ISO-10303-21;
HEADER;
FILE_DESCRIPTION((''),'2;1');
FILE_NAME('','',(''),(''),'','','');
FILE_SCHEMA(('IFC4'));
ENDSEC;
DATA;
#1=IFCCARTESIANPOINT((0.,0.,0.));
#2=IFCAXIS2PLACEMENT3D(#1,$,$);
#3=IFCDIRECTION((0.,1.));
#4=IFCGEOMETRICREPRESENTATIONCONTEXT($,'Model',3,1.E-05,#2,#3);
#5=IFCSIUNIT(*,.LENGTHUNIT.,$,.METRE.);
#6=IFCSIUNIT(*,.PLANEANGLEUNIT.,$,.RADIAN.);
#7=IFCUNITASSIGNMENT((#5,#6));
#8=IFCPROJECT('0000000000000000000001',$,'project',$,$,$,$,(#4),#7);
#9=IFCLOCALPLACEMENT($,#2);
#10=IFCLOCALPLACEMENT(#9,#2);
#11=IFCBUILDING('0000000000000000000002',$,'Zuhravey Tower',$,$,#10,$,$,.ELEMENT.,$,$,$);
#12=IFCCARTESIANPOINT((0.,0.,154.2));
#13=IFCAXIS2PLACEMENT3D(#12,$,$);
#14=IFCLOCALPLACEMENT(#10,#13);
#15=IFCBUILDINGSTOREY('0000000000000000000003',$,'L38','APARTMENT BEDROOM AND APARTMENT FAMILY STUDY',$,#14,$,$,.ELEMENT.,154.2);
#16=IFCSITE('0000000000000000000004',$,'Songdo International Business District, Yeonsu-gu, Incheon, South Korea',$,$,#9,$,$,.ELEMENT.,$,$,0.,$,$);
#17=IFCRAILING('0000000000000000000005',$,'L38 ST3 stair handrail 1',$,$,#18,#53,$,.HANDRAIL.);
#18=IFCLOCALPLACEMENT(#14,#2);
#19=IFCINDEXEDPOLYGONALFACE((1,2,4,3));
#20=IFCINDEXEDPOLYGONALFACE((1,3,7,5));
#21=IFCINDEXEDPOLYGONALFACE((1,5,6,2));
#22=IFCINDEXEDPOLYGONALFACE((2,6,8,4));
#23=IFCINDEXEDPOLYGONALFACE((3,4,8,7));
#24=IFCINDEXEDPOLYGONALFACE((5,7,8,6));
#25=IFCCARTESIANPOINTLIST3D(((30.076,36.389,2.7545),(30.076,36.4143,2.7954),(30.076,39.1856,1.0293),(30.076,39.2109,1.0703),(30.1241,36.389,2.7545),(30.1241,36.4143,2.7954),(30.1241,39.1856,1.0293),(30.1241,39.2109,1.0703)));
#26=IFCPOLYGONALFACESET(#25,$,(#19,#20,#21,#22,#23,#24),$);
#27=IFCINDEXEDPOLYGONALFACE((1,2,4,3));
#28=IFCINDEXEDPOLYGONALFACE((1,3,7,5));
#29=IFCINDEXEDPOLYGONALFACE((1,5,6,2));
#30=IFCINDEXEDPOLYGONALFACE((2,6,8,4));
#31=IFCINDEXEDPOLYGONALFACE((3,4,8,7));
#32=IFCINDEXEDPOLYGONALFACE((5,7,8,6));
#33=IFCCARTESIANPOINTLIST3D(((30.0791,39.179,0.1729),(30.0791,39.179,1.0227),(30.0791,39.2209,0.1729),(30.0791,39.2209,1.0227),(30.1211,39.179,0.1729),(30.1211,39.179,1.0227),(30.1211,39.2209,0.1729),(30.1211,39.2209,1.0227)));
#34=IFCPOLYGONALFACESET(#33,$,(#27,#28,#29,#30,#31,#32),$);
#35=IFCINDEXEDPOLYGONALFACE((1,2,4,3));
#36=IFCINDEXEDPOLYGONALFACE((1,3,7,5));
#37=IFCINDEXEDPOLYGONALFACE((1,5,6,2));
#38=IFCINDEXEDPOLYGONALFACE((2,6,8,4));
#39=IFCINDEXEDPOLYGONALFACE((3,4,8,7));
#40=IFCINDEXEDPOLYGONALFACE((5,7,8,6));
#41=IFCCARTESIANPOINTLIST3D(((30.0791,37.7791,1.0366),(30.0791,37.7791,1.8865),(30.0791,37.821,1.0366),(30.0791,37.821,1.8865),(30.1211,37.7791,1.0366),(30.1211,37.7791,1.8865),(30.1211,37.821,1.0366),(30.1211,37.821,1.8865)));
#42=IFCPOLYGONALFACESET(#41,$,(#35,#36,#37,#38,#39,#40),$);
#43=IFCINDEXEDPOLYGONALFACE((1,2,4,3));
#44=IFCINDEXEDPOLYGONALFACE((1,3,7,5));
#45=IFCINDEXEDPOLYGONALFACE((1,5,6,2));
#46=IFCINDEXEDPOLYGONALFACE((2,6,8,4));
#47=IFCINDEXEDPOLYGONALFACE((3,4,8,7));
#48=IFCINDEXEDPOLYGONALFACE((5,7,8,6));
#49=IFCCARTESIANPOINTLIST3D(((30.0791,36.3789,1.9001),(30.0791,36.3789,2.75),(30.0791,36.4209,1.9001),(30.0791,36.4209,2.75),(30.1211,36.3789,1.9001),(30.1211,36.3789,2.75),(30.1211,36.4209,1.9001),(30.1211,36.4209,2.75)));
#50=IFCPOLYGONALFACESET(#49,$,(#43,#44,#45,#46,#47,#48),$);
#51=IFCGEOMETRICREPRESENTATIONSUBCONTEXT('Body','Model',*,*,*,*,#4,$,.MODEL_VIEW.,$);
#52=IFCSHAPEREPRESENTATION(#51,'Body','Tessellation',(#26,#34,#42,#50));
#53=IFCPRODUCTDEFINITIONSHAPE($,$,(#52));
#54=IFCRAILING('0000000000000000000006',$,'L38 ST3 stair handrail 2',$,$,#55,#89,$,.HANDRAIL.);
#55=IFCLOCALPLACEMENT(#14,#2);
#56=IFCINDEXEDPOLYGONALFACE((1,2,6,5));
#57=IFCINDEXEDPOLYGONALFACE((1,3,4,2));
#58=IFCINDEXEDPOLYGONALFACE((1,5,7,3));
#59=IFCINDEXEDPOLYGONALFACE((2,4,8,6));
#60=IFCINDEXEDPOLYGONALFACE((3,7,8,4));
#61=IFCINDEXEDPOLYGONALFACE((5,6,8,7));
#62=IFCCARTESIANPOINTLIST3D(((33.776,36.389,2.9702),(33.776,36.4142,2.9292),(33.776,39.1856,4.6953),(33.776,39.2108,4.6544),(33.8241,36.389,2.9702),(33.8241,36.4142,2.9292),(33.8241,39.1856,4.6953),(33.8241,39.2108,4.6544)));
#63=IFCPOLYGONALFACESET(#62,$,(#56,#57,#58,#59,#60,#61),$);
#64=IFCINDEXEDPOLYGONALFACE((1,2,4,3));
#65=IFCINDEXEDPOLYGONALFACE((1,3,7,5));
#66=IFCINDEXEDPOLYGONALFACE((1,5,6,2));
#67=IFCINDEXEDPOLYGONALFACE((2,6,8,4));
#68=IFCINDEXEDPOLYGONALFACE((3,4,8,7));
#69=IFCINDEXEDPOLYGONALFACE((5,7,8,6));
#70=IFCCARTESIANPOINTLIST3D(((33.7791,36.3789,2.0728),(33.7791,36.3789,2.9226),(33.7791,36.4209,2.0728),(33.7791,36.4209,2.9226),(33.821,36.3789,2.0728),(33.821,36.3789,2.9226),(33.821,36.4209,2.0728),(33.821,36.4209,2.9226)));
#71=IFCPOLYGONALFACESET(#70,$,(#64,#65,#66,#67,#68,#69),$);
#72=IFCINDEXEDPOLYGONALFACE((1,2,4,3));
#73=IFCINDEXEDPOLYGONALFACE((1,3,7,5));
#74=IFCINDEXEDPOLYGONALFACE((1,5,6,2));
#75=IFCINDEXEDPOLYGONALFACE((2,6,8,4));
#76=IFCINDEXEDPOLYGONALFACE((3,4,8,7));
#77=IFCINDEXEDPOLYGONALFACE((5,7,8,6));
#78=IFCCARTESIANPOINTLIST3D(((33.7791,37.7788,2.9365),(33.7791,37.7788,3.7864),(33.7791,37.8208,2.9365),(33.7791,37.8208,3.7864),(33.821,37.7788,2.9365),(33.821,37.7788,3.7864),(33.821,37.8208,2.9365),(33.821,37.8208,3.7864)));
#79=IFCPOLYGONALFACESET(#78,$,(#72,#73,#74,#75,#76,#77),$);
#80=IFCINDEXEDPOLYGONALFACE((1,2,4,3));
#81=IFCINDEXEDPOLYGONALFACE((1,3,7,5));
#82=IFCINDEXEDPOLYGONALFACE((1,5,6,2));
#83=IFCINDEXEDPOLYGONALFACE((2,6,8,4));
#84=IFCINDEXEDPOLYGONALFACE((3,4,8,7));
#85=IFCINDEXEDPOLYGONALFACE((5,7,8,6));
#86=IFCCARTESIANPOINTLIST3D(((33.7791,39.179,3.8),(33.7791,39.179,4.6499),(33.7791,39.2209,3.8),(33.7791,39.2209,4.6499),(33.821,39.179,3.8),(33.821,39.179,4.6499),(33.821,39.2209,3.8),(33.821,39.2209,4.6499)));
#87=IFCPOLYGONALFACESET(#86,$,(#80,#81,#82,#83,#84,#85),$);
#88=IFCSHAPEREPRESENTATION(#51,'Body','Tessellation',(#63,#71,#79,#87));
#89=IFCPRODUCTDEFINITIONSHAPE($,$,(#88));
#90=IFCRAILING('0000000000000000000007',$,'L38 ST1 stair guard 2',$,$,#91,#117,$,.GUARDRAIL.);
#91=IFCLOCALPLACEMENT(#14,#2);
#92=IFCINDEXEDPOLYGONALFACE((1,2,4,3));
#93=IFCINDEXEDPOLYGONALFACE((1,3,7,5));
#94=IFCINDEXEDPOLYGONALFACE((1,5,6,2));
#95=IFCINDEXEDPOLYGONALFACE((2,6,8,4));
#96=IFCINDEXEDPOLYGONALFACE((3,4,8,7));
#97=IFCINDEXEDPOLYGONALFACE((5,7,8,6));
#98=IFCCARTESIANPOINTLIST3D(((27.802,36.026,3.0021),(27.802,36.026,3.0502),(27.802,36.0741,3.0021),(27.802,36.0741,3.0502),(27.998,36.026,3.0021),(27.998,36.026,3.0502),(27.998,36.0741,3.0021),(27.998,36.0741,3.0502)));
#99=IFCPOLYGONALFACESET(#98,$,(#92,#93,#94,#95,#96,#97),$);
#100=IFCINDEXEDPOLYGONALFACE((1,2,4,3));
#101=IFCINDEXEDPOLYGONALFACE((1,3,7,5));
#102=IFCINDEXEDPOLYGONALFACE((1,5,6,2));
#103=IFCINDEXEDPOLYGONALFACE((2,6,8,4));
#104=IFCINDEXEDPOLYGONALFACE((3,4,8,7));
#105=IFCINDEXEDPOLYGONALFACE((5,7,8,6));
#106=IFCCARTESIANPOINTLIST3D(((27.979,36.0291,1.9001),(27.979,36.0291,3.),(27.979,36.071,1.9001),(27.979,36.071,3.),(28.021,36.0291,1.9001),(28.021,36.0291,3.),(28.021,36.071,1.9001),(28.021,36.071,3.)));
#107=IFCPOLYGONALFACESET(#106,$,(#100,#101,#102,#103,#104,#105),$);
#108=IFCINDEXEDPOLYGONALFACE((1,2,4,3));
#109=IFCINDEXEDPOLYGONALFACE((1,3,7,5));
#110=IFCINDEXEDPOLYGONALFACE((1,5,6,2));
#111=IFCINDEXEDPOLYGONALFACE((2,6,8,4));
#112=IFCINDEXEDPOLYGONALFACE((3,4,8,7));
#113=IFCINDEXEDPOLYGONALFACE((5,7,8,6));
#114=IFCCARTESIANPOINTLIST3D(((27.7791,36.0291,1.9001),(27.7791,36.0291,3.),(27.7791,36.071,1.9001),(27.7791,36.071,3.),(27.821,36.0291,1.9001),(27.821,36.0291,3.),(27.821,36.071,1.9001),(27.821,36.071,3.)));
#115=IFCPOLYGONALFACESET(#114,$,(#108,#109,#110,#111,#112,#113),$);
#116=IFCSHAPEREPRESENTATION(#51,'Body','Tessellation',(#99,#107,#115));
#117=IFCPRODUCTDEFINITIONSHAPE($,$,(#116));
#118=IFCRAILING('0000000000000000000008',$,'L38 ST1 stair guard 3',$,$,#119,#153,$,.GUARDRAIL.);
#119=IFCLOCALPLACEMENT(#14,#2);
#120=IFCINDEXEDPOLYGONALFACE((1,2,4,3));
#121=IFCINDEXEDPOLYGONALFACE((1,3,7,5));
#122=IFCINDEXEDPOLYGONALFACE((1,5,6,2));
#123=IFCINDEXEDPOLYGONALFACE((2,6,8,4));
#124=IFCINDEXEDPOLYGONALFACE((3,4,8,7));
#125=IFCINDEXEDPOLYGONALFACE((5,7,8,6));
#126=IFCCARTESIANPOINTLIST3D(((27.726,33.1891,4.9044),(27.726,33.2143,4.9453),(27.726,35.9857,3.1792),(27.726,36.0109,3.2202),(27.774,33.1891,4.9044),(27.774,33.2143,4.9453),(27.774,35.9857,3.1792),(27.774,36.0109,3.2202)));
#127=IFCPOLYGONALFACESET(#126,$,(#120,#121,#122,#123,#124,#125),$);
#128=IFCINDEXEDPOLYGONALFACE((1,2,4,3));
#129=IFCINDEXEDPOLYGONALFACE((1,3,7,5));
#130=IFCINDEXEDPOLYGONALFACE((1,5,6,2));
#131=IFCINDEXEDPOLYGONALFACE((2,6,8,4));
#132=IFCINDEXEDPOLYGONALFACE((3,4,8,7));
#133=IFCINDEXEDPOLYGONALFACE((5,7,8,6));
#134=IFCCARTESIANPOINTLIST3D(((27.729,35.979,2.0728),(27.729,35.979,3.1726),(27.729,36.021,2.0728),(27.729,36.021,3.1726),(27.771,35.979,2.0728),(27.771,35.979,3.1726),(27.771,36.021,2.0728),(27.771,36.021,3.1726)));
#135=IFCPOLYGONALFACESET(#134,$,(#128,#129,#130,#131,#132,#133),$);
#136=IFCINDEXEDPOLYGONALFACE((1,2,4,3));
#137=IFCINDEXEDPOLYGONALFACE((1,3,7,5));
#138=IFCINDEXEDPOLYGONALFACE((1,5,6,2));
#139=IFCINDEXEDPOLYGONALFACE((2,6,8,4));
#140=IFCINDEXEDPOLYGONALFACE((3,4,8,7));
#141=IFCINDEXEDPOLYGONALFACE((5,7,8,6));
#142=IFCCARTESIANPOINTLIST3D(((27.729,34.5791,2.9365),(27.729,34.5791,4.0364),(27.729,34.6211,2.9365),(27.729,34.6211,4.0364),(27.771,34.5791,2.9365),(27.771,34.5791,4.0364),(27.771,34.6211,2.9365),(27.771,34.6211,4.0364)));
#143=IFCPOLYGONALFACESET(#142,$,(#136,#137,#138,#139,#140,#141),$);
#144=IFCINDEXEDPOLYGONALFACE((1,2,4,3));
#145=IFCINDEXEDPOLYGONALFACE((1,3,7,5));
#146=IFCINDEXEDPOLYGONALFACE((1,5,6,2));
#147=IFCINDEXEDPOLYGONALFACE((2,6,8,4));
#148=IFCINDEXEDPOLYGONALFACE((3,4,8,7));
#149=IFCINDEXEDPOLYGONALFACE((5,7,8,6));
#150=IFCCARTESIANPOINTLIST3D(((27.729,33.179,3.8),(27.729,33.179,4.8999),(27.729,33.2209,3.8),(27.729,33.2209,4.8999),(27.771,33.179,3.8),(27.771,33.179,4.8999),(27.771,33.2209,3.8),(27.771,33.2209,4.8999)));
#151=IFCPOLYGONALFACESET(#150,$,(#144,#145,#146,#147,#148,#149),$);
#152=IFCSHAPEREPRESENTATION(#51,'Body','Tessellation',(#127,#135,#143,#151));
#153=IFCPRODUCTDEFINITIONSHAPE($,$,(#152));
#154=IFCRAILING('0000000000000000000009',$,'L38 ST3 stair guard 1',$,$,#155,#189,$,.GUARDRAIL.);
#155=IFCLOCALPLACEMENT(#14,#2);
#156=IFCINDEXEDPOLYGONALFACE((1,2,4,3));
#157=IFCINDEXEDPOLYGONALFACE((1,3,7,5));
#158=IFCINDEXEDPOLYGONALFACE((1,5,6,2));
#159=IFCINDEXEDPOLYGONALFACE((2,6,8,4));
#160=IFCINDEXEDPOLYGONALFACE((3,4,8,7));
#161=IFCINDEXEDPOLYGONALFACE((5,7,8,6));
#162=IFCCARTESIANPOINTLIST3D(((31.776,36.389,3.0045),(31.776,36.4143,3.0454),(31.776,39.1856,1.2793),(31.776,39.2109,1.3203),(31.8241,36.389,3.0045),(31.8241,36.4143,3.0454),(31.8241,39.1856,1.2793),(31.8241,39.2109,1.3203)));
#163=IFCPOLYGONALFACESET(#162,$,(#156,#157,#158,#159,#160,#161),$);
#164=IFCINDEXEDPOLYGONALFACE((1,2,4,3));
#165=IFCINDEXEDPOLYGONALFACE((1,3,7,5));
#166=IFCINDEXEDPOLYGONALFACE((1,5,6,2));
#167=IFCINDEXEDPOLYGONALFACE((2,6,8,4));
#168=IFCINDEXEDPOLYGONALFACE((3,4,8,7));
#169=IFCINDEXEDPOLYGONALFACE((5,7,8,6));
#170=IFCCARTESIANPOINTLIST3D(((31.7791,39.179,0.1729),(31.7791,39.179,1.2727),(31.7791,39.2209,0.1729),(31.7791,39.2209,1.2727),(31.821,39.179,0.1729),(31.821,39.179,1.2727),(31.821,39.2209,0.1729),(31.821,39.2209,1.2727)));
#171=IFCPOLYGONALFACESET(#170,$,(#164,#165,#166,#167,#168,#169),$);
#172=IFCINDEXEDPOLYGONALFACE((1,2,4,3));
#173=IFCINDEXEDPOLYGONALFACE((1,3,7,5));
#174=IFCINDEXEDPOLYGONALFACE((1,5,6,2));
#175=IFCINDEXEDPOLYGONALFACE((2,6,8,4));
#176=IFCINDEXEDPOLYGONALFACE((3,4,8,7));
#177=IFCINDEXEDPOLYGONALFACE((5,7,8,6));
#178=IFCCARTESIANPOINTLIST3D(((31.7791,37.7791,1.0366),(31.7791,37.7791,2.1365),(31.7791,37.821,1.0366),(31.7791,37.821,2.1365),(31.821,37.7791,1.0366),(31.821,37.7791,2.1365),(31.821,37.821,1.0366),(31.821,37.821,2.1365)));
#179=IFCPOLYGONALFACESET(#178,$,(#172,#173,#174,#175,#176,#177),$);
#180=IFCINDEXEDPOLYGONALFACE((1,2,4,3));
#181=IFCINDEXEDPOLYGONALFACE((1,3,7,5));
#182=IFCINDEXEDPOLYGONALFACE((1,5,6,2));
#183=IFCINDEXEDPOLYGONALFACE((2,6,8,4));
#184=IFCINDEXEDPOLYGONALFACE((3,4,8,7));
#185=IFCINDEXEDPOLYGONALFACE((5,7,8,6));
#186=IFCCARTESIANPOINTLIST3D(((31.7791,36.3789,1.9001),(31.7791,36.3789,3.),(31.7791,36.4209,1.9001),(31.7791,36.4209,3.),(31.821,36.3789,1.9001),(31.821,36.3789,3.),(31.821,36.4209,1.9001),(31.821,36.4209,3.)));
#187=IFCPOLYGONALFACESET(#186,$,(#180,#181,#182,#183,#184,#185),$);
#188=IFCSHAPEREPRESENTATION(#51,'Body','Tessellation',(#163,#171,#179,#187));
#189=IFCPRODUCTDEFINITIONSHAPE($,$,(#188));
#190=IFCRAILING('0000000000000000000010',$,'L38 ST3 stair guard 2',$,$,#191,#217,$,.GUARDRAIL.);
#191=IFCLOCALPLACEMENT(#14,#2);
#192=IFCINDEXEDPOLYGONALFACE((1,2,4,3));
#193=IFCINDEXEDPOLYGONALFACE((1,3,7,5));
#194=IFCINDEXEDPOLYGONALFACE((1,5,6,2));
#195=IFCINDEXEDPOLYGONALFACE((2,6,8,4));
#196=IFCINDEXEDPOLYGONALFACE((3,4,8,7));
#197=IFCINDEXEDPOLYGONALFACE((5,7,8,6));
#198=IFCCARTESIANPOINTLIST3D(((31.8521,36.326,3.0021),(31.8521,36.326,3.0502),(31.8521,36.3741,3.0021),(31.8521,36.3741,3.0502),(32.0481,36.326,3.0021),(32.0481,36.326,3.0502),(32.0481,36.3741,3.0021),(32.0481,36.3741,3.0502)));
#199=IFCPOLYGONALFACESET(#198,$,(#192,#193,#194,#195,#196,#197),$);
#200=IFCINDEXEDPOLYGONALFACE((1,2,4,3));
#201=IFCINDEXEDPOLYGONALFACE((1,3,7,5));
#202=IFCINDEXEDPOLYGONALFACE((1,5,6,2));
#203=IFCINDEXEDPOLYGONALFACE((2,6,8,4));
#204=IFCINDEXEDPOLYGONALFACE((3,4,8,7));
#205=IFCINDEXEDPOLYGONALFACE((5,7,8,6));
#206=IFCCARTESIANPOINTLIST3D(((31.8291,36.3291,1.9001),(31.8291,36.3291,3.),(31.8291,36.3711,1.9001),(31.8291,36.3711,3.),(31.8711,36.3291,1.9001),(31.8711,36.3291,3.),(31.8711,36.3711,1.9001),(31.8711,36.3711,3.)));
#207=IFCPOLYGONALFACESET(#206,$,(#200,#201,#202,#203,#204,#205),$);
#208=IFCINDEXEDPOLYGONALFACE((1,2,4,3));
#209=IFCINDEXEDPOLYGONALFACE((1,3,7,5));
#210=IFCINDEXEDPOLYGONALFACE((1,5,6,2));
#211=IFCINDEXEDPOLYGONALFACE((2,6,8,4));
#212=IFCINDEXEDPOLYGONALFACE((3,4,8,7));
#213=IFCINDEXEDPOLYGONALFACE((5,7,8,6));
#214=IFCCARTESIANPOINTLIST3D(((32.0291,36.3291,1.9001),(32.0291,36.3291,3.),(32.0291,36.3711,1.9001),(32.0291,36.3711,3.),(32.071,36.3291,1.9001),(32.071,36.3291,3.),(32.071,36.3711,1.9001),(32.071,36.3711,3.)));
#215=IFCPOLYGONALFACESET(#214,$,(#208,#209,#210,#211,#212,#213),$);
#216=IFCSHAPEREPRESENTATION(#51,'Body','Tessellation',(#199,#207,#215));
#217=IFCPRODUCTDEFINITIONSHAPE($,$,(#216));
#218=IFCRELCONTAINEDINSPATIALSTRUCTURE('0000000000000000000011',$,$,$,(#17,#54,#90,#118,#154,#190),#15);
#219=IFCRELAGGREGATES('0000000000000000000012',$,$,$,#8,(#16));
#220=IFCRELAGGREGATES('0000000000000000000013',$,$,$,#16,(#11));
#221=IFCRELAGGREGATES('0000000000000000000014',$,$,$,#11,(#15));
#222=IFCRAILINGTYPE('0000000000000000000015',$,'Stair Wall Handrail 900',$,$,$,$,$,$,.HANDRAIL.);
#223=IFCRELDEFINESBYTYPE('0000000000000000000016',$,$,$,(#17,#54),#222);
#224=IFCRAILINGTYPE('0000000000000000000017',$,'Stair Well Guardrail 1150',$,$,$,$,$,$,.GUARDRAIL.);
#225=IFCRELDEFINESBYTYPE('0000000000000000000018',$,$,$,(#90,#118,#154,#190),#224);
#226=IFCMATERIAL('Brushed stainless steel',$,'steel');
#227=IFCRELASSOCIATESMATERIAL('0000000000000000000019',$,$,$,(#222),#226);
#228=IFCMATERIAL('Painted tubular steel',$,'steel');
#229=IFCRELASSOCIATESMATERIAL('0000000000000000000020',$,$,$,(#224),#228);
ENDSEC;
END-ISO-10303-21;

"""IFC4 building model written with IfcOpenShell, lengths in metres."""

from ifc_helpers import new_model, si_unit, direction, frame, origin, origin_2d, place, context, subcontext, project, spatial, rectangle, extrude, material, type_object, element, save


model = new_model("IFC4")

# Units and contexts
model_context = context("Model", 3, precision=1e-05, world=origin(), true_north=direction((0.0, 1.0)))
body_context = subcontext(model_context, "Body", "Model", "MODEL_VIEW")
ifc_project = project(units=[si_unit("LENGTHUNIT", "METRE"), si_unit("PLANEANGLEUNIT", "RADIAN")], contexts=[model_context])

# Site, building, storey
site_placement = place(None, origin())
site = spatial("IfcSite", under=ifc_project, at=site_placement, Name="Songdo International Business District, Yeonsu-gu, Incheon, South Korea", CompositionType="ELEMENT", RefElevation=0.0)
building_placement = place(site_placement, origin())
building = spatial("IfcBuilding", under=site, at=building_placement, Name="Zuhravey Tower", CompositionType="ELEMENT")
storey_placement = place(building_placement, frame((0.0, 0.0, 154.2)))
storey = spatial("IfcBuildingStorey", under=building, at=storey_placement, Name="L38", Description="APARTMENT BEDROOM AND APARTMENT FAMILY STUDY", CompositionType="ELEMENT", Elevation=154.2)

# Railings
ifc_material_1 = material(Name="Brushed stainless steel", Category="steel")
railing_type_1 = type_object("IfcRailingType", Name="Stair Wall Handrail 900", PredefinedType="HANDRAIL", material=ifc_material_1)
for number, where, name in (
    (1, (30.1001, 39.2, 0.1729), "L38 ST3 stair handrail 1"),
):
    element("IfcRailing", number, at=place(storey_placement, frame(where)), inside=storey, type_object=railing_type_1, Name=name, PredefinedType="HANDRAIL", context=body_context, shape_type="SweptSolid", body=[
        extrude(rectangle(XDim=0.0481, YDim=0.0481, at=origin_2d()), frame((0.0, -0.0017, 0.877), z_axis=(0.0, -0.85109, 0.52502), x_axis=(1.0, 0.0, 0.0)), (0.0, 0.0, 1.0), 3.2859),
        extrude(rectangle(XDim=0.042, YDim=0.042, at=origin_2d()), origin(), (0.0, 0.0, 1.0), 0.8499),
        extrude(rectangle(XDim=0.042, YDim=0.042, at=origin_2d()), frame((0.0, -1.3999, 0.8638)), (0.0, 0.0, 1.0), 0.8499),
        extrude(rectangle(XDim=0.042, YDim=0.042, at=origin_2d()), frame((0.0, -2.8, 1.7273)), (0.0, 0.0, 1.0), 0.8499),
    ])
railing_1_placement = place(storey_placement, frame((33.8, 36.3999, 2.0728)))
element("IfcRailing", 2, at=railing_1_placement, inside=storey, type_object=railing_type_1, Name="L38 ST3 stair handrail 2", PredefinedType="HANDRAIL", context=body_context, shape_type="SweptSolid", body=[
    extrude(rectangle(XDim=0.0481, YDim=0.0481, at=origin_2d()), frame((0.0, 0.0017, 0.877), z_axis=(0.0, 0.85109, 0.52502), x_axis=(-1.0, 0.0, 0.0)), (0.0, 0.0, 1.0), 3.2859),
    extrude(rectangle(XDim=0.042, YDim=0.042, at=origin_2d()), origin(), (0.0, 0.0, 1.0), 0.8499),
    extrude(rectangle(XDim=0.042, YDim=0.042, at=origin_2d()), frame((0.0, 1.3999, 0.8638)), (0.0, 0.0, 1.0), 0.8499),
    extrude(rectangle(XDim=0.042, YDim=0.042, at=origin_2d()), frame((0.0, 2.8, 1.7273)), (0.0, 0.0, 1.0), 0.8499),
])
ifc_material_2 = material(Name="Painted tubular steel", Category="steel")
railing_type_2 = type_object("IfcRailingType", Name="Stair Well Guardrail 1150", PredefinedType="GUARDRAIL", material=ifc_material_2)
railing_2_placement = place(storey_placement, frame((28.0, 36.05, 1.9001)))
element("IfcRailing", 3, at=railing_2_placement, inside=storey, type_object=railing_type_2, Name="L38 ST1 stair guard 2", PredefinedType="GUARDRAIL", context=body_context, shape_type="SweptSolid", body=[
    extrude(rectangle(XDim=0.0481, YDim=0.0481, at=origin_2d()), frame((-0.002, 0.0, 1.126), z_axis=(-1.0, 0.0, 0.0), x_axis=(0.0, -1.0, 0.0)), (0.0, 0.0, 1.0), 0.196),
    extrude(rectangle(XDim=0.042, YDim=0.042, at=origin_2d()), origin(), (0.0, 0.0, 1.0), 1.0999),
    extrude(rectangle(XDim=0.042, YDim=0.042, at=origin_2d()), frame((-0.2, 0.0, 0.0)), (0.0, 0.0, 1.0), 1.0999),
])
for number, where, name in (
    (4, (27.75, 36.0, 2.0728), "L38 ST1 stair guard 3"),
    (5, (31.8, 39.2, 0.1729), "L38 ST3 stair guard 1"),
):
    element("IfcRailing", number, at=place(storey_placement, frame(where)), inside=storey, type_object=railing_type_2, Name=name, PredefinedType="GUARDRAIL", context=body_context, shape_type="SweptSolid", body=[
        extrude(rectangle(XDim=0.0481, YDim=0.0481, at=origin_2d()), frame((0.0, -0.0017, 1.127), z_axis=(0.0, -0.85109, 0.52502), x_axis=(1.0, 0.0, 0.0)), (0.0, 0.0, 1.0), 3.2859),
        extrude(rectangle(XDim=0.042, YDim=0.042, at=origin_2d()), origin(), (0.0, 0.0, 1.0), 1.0999),
        extrude(rectangle(XDim=0.042, YDim=0.042, at=origin_2d()), frame((0.0, -1.3999, 0.8638)), (0.0, 0.0, 1.0), 1.0999),
        extrude(rectangle(XDim=0.042, YDim=0.042, at=origin_2d()), frame((0.0, -2.8, 1.7273)), (0.0, 0.0, 1.0), 1.0999),
    ])
railing_3_placement = place(storey_placement, frame((31.8501, 36.3501, 1.9001)))
element("IfcRailing", 6, at=railing_3_placement, inside=storey, type_object=railing_type_2, Name="L38 ST3 stair guard 2", PredefinedType="GUARDRAIL", context=body_context, shape_type="SweptSolid", body=[
    extrude(rectangle(XDim=0.0481, YDim=0.0481, at=origin_2d()), frame((0.002, 0.0, 1.126), z_axis=(1.0, 0.0, 0.0), x_axis=(0.0, 1.0, 0.0)), (0.0, 0.0, 1.0), 0.196),
    extrude(rectangle(XDim=0.042, YDim=0.042, at=origin_2d()), origin(), (0.0, 0.0, 1.0), 1.0999),
    extrude(rectangle(XDim=0.042, YDim=0.042, at=origin_2d()), frame((0.2, 0.0, 0.0)), (0.0, 0.0, 1.0), 1.0999),
])

save(model, "model.ifc")
